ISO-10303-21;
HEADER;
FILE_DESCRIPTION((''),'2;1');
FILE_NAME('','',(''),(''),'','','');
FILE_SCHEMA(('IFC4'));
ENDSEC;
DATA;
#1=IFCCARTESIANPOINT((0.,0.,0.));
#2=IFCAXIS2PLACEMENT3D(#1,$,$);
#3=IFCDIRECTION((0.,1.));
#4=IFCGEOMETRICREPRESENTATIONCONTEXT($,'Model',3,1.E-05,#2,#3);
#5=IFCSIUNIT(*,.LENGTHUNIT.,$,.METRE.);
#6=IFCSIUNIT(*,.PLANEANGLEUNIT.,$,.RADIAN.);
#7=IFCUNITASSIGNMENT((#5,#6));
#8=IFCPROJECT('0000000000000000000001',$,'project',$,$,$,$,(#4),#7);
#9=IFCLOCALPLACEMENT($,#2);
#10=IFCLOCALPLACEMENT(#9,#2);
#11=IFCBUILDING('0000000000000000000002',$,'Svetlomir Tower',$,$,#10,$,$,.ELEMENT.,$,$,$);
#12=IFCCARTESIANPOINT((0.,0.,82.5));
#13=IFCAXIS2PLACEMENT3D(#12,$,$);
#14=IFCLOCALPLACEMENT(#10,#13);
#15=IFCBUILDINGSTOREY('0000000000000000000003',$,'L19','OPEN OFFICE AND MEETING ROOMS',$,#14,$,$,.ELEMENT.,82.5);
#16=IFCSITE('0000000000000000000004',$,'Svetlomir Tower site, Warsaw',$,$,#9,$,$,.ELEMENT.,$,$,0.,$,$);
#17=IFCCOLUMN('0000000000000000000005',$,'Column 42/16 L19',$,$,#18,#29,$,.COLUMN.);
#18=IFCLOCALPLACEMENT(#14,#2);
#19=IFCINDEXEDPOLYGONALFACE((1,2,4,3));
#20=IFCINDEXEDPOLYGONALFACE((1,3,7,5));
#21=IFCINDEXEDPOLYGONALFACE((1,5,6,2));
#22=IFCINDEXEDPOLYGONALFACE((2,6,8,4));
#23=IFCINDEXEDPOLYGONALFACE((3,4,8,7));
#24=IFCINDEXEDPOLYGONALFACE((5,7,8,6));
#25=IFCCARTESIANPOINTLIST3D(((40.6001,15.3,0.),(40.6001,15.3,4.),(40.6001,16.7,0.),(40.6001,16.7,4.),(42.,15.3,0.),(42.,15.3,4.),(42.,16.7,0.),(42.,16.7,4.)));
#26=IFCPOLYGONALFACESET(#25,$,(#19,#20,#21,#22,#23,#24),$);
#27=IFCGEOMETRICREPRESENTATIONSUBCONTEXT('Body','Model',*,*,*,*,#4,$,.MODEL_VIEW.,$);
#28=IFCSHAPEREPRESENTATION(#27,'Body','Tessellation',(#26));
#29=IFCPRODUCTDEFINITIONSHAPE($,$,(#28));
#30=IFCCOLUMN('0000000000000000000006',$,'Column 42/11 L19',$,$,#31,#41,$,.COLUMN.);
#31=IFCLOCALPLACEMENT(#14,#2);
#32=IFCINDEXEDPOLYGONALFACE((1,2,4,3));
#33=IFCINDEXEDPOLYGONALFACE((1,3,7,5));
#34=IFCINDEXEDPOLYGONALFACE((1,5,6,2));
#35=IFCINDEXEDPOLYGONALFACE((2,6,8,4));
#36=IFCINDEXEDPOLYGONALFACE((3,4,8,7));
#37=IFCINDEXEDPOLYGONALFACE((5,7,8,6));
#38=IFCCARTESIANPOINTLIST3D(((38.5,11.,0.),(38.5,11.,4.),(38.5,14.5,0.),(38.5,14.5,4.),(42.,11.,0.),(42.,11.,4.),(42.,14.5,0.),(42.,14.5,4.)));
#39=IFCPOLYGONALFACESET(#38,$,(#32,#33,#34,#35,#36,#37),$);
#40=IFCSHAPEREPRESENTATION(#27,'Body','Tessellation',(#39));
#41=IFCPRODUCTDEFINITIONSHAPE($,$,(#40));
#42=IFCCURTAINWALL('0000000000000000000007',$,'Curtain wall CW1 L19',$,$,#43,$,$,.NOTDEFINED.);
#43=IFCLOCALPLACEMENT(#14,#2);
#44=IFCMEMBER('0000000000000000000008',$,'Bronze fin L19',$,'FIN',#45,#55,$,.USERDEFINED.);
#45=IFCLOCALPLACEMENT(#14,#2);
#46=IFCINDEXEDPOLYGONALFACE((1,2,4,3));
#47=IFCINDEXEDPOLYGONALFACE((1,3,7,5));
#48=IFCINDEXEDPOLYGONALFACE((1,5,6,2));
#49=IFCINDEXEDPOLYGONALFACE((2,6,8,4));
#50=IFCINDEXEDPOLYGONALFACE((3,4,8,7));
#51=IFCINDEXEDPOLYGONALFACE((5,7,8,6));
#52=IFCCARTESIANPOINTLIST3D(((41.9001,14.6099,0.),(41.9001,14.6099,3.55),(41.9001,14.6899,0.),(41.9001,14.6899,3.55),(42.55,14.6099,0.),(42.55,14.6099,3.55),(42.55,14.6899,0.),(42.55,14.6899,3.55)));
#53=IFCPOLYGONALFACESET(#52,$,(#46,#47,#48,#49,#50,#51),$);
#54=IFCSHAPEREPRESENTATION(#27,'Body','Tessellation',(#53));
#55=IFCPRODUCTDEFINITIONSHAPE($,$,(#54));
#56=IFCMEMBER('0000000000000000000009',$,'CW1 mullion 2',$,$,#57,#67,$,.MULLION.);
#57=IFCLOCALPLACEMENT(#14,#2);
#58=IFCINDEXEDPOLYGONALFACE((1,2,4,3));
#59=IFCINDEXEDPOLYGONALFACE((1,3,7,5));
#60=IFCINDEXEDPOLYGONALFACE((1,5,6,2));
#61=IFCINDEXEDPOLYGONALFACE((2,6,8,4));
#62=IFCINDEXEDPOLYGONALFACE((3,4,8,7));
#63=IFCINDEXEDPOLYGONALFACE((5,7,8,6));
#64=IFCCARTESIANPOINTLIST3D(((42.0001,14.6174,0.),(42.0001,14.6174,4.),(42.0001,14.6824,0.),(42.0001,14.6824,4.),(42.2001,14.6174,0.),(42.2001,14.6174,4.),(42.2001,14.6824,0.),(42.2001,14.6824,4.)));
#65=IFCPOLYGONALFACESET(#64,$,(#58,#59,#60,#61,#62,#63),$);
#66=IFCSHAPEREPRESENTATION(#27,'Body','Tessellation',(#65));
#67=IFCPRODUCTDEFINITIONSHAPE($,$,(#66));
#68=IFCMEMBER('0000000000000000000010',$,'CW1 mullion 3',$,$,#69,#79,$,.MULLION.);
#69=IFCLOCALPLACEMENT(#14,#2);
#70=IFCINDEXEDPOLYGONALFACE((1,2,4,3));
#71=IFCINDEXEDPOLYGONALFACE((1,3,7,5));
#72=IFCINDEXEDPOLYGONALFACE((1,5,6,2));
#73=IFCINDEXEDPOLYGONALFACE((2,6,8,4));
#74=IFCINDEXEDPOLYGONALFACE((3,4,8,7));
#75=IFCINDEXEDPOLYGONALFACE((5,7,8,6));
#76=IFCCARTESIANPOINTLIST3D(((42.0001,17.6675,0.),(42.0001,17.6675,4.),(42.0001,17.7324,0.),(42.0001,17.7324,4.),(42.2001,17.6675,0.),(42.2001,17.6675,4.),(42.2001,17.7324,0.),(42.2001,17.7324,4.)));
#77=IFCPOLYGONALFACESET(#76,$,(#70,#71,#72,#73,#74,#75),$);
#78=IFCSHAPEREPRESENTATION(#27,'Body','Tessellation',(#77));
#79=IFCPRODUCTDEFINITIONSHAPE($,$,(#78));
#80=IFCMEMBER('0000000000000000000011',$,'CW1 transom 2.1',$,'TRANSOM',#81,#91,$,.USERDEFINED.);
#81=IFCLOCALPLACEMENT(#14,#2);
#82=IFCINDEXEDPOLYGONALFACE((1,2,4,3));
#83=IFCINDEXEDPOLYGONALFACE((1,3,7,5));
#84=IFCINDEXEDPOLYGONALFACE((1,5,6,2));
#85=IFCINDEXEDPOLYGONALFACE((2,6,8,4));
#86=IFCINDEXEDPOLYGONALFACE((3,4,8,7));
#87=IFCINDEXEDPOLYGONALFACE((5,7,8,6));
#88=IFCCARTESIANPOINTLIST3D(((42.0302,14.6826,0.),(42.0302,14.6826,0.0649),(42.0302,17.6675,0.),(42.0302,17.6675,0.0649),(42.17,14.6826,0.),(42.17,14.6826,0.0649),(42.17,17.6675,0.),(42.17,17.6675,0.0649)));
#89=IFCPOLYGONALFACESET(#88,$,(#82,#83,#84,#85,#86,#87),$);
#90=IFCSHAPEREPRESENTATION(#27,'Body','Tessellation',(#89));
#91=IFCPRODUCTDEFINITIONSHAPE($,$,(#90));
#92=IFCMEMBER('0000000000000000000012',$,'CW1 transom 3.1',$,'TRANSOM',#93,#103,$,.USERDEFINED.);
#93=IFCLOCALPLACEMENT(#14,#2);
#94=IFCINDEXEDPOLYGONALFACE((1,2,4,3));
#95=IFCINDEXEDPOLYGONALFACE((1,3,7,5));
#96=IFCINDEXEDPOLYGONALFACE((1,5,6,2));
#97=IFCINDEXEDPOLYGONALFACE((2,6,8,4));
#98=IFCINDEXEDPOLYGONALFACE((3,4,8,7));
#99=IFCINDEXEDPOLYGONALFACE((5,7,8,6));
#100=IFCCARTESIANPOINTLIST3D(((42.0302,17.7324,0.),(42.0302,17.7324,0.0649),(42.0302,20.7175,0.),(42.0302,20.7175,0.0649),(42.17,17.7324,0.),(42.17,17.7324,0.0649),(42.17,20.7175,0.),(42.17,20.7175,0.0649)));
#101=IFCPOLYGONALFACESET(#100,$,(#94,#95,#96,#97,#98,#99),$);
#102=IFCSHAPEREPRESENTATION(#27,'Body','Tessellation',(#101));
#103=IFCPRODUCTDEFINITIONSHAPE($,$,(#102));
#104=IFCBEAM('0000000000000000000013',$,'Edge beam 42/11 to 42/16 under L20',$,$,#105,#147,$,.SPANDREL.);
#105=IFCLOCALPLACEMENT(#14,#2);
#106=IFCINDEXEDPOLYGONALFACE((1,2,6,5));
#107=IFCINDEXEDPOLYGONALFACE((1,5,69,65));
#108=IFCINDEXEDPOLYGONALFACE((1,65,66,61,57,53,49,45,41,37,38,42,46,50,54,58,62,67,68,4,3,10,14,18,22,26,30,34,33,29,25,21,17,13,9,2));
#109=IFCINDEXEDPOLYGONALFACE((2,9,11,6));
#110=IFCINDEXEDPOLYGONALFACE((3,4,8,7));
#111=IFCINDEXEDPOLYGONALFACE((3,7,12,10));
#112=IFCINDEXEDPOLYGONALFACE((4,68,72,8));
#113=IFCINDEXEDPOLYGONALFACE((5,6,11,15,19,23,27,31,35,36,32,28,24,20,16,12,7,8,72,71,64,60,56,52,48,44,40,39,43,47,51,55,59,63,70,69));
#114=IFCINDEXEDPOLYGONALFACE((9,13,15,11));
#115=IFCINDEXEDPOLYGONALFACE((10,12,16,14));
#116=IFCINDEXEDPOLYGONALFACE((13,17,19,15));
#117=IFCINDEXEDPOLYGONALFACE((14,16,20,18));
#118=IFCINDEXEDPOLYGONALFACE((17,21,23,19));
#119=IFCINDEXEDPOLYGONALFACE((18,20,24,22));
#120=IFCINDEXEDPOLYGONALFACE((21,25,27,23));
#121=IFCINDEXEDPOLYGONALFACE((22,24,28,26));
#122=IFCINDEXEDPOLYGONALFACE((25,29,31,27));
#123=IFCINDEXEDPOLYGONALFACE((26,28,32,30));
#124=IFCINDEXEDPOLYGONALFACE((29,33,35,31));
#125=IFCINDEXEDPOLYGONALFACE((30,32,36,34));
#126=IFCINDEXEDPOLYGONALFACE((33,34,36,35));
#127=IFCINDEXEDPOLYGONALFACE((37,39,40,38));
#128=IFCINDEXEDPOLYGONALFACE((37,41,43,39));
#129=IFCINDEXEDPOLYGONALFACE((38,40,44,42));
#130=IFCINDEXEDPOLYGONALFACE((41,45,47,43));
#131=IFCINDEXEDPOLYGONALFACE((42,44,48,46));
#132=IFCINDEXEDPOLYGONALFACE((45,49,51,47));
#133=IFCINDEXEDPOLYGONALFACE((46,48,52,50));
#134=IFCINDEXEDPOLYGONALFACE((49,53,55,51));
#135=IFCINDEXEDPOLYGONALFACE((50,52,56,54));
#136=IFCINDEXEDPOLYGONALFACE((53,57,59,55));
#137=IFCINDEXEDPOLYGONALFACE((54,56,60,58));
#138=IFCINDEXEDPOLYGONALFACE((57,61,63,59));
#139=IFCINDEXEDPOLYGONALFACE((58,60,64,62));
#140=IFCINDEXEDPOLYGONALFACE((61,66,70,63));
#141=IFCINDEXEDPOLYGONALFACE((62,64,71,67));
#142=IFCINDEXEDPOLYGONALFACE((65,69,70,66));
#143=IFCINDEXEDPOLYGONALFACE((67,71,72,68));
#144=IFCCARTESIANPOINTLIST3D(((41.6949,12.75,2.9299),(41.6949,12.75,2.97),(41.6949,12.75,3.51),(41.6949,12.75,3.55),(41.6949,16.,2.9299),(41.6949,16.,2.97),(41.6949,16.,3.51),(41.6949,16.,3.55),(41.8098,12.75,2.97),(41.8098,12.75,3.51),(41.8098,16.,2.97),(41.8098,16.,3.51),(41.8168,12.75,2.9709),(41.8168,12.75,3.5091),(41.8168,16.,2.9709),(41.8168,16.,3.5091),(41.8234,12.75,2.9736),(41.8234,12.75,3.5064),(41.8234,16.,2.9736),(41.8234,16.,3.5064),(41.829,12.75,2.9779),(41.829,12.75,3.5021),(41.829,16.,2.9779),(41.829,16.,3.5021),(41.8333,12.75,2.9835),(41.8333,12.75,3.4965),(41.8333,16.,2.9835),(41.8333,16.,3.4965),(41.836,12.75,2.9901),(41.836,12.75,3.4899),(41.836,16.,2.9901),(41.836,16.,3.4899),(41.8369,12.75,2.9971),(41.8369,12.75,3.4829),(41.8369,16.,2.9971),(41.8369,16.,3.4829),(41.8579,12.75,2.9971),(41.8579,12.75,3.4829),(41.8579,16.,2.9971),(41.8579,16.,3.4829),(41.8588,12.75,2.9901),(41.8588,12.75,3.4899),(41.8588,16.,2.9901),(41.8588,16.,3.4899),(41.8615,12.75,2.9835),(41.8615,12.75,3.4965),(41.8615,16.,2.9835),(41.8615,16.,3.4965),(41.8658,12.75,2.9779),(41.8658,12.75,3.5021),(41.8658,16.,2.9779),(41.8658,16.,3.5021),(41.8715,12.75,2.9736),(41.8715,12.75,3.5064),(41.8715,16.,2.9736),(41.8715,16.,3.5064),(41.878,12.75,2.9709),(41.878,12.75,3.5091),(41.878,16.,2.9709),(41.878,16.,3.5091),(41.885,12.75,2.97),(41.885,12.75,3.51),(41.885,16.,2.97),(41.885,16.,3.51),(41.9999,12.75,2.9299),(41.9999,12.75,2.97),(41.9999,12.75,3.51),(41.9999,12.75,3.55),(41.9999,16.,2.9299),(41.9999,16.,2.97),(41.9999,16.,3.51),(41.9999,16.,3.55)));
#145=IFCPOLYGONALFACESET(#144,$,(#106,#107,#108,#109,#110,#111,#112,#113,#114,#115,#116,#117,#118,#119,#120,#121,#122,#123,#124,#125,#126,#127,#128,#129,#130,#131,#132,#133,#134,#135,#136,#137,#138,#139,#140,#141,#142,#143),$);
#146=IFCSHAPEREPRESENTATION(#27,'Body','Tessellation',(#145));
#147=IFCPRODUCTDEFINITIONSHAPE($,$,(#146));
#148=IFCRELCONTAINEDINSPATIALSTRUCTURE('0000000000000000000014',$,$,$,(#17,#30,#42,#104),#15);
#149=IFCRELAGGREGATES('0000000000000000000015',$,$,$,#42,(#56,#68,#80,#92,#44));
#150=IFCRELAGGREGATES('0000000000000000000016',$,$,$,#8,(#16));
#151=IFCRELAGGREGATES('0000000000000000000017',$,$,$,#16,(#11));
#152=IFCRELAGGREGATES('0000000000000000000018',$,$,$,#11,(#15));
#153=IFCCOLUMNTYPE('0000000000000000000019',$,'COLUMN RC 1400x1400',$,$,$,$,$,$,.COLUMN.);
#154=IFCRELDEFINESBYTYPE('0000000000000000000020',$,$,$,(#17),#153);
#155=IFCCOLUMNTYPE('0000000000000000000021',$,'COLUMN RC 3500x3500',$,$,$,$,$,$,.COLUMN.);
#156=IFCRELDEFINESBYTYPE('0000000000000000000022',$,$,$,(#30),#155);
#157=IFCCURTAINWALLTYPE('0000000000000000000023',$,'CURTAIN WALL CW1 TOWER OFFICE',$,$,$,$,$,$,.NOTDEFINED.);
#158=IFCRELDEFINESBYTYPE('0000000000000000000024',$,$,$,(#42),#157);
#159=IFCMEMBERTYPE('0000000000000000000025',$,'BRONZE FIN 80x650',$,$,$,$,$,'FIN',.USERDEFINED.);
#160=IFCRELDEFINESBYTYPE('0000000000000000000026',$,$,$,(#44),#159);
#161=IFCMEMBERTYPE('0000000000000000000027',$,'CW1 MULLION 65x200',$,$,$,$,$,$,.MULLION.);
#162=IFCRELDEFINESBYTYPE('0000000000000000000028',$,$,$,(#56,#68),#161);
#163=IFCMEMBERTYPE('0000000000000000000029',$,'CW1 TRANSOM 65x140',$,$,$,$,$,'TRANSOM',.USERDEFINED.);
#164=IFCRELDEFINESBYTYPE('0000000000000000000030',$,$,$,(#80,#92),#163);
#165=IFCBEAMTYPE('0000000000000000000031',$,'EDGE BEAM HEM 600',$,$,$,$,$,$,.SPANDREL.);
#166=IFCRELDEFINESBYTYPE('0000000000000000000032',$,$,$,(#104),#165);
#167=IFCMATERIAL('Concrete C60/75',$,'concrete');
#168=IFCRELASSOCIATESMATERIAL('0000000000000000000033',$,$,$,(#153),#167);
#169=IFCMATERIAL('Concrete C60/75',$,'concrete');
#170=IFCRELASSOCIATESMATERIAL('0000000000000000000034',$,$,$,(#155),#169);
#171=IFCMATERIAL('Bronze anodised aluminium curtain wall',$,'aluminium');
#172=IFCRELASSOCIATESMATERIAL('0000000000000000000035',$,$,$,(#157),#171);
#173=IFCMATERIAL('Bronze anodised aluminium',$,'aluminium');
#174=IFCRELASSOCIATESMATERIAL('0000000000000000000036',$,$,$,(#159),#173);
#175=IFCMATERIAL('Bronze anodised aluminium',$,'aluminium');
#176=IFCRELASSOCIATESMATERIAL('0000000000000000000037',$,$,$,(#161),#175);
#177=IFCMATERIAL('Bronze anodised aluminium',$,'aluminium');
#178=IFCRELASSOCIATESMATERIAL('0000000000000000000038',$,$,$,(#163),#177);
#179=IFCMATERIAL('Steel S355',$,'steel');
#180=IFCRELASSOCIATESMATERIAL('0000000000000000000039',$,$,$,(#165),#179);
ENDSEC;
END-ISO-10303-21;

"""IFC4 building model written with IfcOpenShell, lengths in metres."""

from ifc_helpers import new_model, si_unit, direction, frame, origin, origin_2d, place, context, subcontext, project, spatial, rectangle, i_section, extrude, material, material_profile, profile_set, type_object, element, aggregate, save


model = new_model("IFC4")

# Units and contexts
model_context = context("Model", 3, precision=1e-05, world=origin(), true_north=direction((0.0, 1.0)))
body_context = subcontext(model_context, "Body", "Model", "MODEL_VIEW")
ifc_project = project(units=[si_unit("LENGTHUNIT", "METRE"), si_unit("PLANEANGLEUNIT", "RADIAN")], contexts=[model_context])

# Site, building, storey
site_placement = place(None, origin())
site = spatial("IfcSite", under=ifc_project, at=site_placement, Name="Svetlomir Tower site, Warsaw", CompositionType="ELEMENT", RefElevation=0.0)
building_placement = place(site_placement, origin())
building = spatial("IfcBuilding", under=site, at=building_placement, Name="Svetlomir Tower", CompositionType="ELEMENT")
storey_placement = place(building_placement, frame((0.0, 0.0, 82.5)))
storey = spatial("IfcBuildingStorey", under=building, at=storey_placement, Name="L19", Description="OPEN OFFICE AND MEETING ROOMS", CompositionType="ELEMENT", Elevation=82.5)

# Columns
ifc_material_1 = material(Name="Concrete C60/75", Category="concrete")
ifc_material_profile_1 = material_profile(ifc_material_1, rectangle(XDim=1.3999, YDim=1.3999, at=origin_2d()), Name="RC 1400x1400")
ifc_profile_set_1 = profile_set([ifc_material_profile_1], Name="Concrete C60/75")
column_type_1 = type_object("IfcColumnType", Name="COLUMN RC 1400x1400", PredefinedType="COLUMN", material=ifc_profile_set_1)
column_1_placement = place(storey_placement, frame((41.3, 16.0, 0.0), z_axis=(0.0, 0.0, 1.0), x_axis=(1.0, 0.0, 0.0)))
element("IfcColumn", 1, at=column_1_placement, inside=storey, type_object=column_type_1, Name="Column 42/16 L19", PredefinedType="COLUMN", context=body_context, shape_type="SweptSolid", body=[
    extrude(rectangle(XDim=1.3999, YDim=1.3999, at=origin_2d()), origin(), (0.0, 0.0, 1.0), 4.0),
])
ifc_material_2 = material(Name="Concrete C60/75", Category="concrete")
ifc_material_profile_2 = material_profile(ifc_material_2, rectangle(XDim=3.5, YDim=3.5, at=origin_2d()), Name="RC 3500x3500")
ifc_profile_set_2 = profile_set([ifc_material_profile_2], Name="Concrete C60/75")
column_type_2 = type_object("IfcColumnType", Name="COLUMN RC 3500x3500", PredefinedType="COLUMN", material=ifc_profile_set_2)
column_2_placement = place(storey_placement, frame((40.25, 12.75, 0.0), z_axis=(0.0, 0.0, 1.0), x_axis=(1.0, 0.0, 0.0)))
element("IfcColumn", 2, at=column_2_placement, inside=storey, type_object=column_type_2, Name="Column 42/11 L19", PredefinedType="COLUMN", context=body_context, shape_type="SweptSolid", body=[
    extrude(rectangle(XDim=3.5, YDim=3.5, at=origin_2d()), origin(), (0.0, 0.0, 1.0), 4.0),
])

# Curtain wall, members
ifc_material_3 = material(Name="Bronze anodised aluminium curtain wall", Category="aluminium")
curtain_wall_type = type_object("IfcCurtainWallType", Name="CURTAIN WALL CW1 TOWER OFFICE", PredefinedType="NOTDEFINED", material=ifc_material_3)
curtain_wall_placement = place(storey_placement, origin())
curtain_wall = element("IfcCurtainWall", 3, at=curtain_wall_placement, inside=storey, type_object=curtain_wall_type, Name="Curtain wall CW1 L19", PredefinedType="NOTDEFINED")
ifc_material_4 = material(Name="Bronze anodised aluminium", Category="aluminium")
ifc_material_profile_3 = material_profile(ifc_material_4, rectangle(XDim=0.0801, YDim=0.6499, at=origin_2d()), Name="FIN 80x650")
ifc_profile_set_3 = profile_set([ifc_material_profile_3], Name="Bronze anodised aluminium 6063-T6")
member_type_1 = type_object("IfcMemberType", Name="BRONZE FIN 80x650", ElementType="FIN", PredefinedType="USERDEFINED", material=ifc_profile_set_3)
member_1_placement = place(storey_placement, frame((42.2251, 14.6499, 0.0), z_axis=(0.0, 0.0, 1.0), x_axis=(0.0, 1.0, 0.0)))
member_1 = element("IfcMember", 4, at=member_1_placement, type_object=member_type_1, Name="Bronze fin L19", ObjectType="FIN", PredefinedType="USERDEFINED", context=body_context, shape_type="SweptSolid", body=[
    extrude(rectangle(XDim=0.0801, YDim=0.6499, at=origin_2d()), origin(), (0.0, 0.0, 1.0), 3.55),
])
ifc_material_5 = material(Name="Bronze anodised aluminium", Category="aluminium")
ifc_material_profile_4 = material_profile(ifc_material_5, rectangle(XDim=0.0649, YDim=0.2, at=origin_2d()), Name="AL 65x200")
ifc_profile_set_4 = profile_set([ifc_material_profile_4], Name="Bronze anodised aluminium 6063-T6")
member_type_2 = type_object("IfcMemberType", Name="CW1 MULLION 65x200", PredefinedType="MULLION", material=ifc_profile_set_4)
member_2_placement = place(storey_placement, frame((42.1001, 14.6499, 0.0), z_axis=(0.0, 0.0, 1.0), x_axis=(0.0, 1.0, 0.0)))
member_2 = element("IfcMember", 5, at=member_2_placement, type_object=member_type_2, Name="CW1 mullion 2", PredefinedType="MULLION", context=body_context, shape_type="SweptSolid", body=[
    extrude(rectangle(XDim=0.0649, YDim=0.2, at=origin_2d()), origin(), (0.0, 0.0, 1.0), 4.0),
])
member_3_placement = place(storey_placement, frame((42.1001, 17.7, 0.0), z_axis=(0.0, 0.0, 1.0), x_axis=(0.0, 1.0, 0.0)))
member_3 = element("IfcMember", 6, at=member_3_placement, type_object=member_type_2, Name="CW1 mullion 3", PredefinedType="MULLION", context=body_context, shape_type="SweptSolid", body=[
    extrude(rectangle(XDim=0.0649, YDim=0.2, at=origin_2d()), origin(), (0.0, 0.0, 1.0), 4.0),
])
ifc_material_6 = material(Name="Bronze anodised aluminium", Category="aluminium")
ifc_material_profile_5 = material_profile(ifc_material_6, rectangle(XDim=0.1399, YDim=0.0649, at=origin_2d()), Name="AL 140x65")
ifc_profile_set_5 = profile_set([ifc_material_profile_5], Name="Bronze anodised aluminium 6063-T6")
member_type_3 = type_object("IfcMemberType", Name="CW1 TRANSOM 65x140", ElementType="TRANSOM", PredefinedType="USERDEFINED", material=ifc_profile_set_5)
member_4_placement = place(storey_placement, frame((42.1001, 14.6826, 0.0325), z_axis=(0.0, 1.0, 0.0), x_axis=(-1.0, 0.0, 0.0)))
member_4 = element("IfcMember", 7, at=member_4_placement, type_object=member_type_3, Name="CW1 transom 2.1", ObjectType="TRANSOM", PredefinedType="USERDEFINED", context=body_context, shape_type="SweptSolid", body=[
    extrude(rectangle(XDim=0.1399, YDim=0.0649, at=origin_2d()), origin(), (0.0, 0.0, 1.0), 2.9849),
])
member_5_placement = place(storey_placement, frame((42.1001, 17.7324, 0.0325), z_axis=(0.0, 1.0, 0.0), x_axis=(-1.0, 0.0, 0.0)))
member_5 = element("IfcMember", 8, at=member_5_placement, type_object=member_type_3, Name="CW1 transom 3.1", ObjectType="TRANSOM", PredefinedType="USERDEFINED", context=body_context, shape_type="SweptSolid", body=[
    extrude(rectangle(XDim=0.1399, YDim=0.0649, at=origin_2d()), origin(), (0.0, 0.0, 1.0), 2.9851),
])

# Beam
ifc_material_7 = material(Name="Steel S355", Category="steel")
ifc_material_profile_6 = material_profile(ifc_material_7, i_section(OverallWidth=0.3049, OverallDepth=0.6201, WebThickness=0.021, FlangeThickness=0.04, FilletRadius=0.0271, at=origin_2d()), Name="HEM 600")
ifc_profile_set_6 = profile_set([ifc_material_profile_6], Name="Steel S355")
beam_type_1 = type_object("IfcBeamType", Name="EDGE BEAM HEM 600", PredefinedType="SPANDREL", material=ifc_profile_set_6)
beam_1_placement = place(storey_placement, frame((41.8474, 12.75, 3.24), z_axis=(0.0, 1.0, 0.0), x_axis=(-1.0, 0.0, 0.0)))
element("IfcBeam", 9, at=beam_1_placement, inside=storey, type_object=beam_type_1, Name="Edge beam 42/11 to 42/16 under L20", PredefinedType="SPANDREL", context=body_context, shape_type="SweptSolid", body=[
    extrude(i_section(OverallWidth=0.3049, OverallDepth=0.6201, WebThickness=0.021, FlangeThickness=0.04, FilletRadius=0.0271, at=origin_2d()), origin(), (0.0, 0.0, 1.0), 3.25),
])

aggregate(curtain_wall, [member_2, member_3, member_4, member_5, member_1])

save(model, "model.ifc")
